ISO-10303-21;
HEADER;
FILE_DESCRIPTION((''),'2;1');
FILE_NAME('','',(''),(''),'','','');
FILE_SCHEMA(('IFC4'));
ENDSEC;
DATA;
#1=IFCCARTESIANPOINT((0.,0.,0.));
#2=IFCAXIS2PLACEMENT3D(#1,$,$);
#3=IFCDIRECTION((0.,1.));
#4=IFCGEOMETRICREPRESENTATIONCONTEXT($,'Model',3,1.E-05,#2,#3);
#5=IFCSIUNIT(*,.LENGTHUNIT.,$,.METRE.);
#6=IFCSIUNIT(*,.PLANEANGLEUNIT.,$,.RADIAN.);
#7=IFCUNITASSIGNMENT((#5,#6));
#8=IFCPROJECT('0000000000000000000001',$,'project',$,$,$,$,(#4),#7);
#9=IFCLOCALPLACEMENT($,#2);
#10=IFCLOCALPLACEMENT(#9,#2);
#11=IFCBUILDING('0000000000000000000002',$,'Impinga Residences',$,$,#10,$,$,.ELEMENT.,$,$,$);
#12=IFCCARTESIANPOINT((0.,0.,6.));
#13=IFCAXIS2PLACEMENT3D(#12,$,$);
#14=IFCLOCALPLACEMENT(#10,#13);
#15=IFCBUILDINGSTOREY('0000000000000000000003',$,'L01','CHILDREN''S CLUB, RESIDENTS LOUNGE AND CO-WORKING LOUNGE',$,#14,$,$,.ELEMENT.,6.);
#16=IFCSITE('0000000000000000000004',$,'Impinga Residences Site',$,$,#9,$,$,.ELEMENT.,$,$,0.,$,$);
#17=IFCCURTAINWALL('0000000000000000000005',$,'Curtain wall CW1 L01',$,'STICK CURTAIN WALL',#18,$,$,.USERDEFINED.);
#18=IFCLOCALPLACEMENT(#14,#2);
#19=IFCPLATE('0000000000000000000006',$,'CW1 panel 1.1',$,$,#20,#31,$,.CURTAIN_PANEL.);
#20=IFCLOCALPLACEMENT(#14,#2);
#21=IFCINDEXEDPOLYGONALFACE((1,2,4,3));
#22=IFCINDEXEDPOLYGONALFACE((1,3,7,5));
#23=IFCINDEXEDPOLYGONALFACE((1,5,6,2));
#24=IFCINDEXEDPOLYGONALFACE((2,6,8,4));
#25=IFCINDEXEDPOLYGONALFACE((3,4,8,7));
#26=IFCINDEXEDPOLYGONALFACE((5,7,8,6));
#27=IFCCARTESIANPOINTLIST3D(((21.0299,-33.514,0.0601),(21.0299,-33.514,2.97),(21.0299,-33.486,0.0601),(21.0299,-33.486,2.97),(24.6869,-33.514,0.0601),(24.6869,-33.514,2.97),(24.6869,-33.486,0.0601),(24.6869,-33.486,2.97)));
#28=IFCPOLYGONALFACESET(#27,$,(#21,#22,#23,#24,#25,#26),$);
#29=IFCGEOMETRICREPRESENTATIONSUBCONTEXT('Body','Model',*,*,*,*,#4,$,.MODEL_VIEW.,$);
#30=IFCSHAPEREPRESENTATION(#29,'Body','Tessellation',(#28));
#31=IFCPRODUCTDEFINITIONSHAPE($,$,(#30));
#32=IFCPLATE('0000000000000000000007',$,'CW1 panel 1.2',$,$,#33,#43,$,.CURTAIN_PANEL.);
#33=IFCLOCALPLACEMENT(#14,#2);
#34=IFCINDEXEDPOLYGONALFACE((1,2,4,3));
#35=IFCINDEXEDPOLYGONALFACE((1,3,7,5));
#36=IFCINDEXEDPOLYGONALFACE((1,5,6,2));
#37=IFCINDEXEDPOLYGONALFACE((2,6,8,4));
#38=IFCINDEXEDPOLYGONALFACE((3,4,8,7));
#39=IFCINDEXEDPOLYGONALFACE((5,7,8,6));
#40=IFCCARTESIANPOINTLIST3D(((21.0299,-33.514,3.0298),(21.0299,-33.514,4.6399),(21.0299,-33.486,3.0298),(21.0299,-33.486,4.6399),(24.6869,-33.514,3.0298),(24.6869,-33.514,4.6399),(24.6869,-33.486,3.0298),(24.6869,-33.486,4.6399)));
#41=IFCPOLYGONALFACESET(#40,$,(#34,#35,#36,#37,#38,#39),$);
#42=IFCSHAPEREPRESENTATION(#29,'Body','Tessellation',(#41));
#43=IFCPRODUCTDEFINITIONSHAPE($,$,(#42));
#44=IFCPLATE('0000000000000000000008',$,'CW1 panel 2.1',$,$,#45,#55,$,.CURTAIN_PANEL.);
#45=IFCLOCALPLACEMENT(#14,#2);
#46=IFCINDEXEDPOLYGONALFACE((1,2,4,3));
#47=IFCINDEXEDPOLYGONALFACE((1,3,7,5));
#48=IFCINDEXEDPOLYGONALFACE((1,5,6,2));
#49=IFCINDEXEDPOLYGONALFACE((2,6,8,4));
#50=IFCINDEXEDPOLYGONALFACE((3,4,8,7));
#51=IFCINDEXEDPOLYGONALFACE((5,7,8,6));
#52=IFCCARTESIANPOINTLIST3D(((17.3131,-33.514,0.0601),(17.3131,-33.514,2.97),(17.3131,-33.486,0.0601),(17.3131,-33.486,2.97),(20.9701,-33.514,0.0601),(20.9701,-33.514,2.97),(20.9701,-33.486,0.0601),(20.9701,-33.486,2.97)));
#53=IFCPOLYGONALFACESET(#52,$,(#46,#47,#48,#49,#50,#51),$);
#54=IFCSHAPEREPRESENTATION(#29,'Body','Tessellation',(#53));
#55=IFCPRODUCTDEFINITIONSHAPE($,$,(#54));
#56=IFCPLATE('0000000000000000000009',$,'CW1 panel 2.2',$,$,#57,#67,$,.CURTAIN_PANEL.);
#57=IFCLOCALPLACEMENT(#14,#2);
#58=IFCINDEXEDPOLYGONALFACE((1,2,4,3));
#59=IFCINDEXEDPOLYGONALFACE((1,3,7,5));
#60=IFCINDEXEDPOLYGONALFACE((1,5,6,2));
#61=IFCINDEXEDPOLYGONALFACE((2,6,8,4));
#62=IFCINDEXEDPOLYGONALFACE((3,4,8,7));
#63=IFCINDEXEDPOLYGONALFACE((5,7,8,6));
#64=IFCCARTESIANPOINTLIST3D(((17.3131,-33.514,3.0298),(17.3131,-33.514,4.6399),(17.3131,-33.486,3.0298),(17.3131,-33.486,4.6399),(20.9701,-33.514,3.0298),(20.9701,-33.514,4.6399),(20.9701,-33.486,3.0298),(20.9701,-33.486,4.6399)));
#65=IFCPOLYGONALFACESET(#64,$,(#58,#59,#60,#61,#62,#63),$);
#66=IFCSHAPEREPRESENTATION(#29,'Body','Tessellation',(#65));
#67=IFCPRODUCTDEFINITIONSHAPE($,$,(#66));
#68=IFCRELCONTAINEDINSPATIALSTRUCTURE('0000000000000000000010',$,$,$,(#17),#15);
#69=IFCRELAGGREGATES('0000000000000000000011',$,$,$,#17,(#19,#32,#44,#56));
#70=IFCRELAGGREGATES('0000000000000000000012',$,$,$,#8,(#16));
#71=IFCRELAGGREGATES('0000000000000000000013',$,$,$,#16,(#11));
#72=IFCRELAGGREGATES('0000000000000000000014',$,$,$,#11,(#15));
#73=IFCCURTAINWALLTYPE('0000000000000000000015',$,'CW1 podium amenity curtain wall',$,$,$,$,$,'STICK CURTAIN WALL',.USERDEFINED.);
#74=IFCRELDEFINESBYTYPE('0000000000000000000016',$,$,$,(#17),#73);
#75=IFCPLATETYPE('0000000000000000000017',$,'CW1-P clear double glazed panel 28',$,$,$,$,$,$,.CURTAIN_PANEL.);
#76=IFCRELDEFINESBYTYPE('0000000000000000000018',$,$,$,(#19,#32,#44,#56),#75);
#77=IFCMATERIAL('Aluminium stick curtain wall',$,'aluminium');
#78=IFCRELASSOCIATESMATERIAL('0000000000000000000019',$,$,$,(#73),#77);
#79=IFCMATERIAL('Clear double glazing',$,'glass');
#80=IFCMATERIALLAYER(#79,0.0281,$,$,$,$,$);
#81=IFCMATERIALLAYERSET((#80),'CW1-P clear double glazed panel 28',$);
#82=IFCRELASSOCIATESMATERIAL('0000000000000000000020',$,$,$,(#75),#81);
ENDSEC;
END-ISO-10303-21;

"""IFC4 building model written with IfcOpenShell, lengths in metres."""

from ifc_helpers import new_model, si_unit, direction, frame, origin, origin_2d, place, context, subcontext, project, spatial, rectangle, extrude, material, layer, layer_set, type_object, element, aggregate, save


model = new_model("IFC4")

# Units and contexts
model_context = context("Model", 3, precision=1e-05, world=origin(), true_north=direction((0.0, 1.0)))
body_context = subcontext(model_context, "Body", "Model", "MODEL_VIEW")
ifc_project = project(units=[si_unit("LENGTHUNIT", "METRE"), si_unit("PLANEANGLEUNIT", "RADIAN")], contexts=[model_context])

# Site, building, storey
site_placement = place(None, origin())
site = spatial("IfcSite", under=ifc_project, at=site_placement, Name="Impinga Residences Site", CompositionType="ELEMENT", RefElevation=0.0)
building_placement = place(site_placement, origin())
building = spatial("IfcBuilding", under=site, at=building_placement, Name="Impinga Residences", CompositionType="ELEMENT")
storey_placement = place(building_placement, frame((0.0, 0.0, 6.0)))
storey = spatial("IfcBuildingStorey", under=building, at=storey_placement, Name="L01", Description="CHILDREN'S CLUB, RESIDENTS LOUNGE AND CO-WORKING LOUNGE", CompositionType="ELEMENT", Elevation=6.0)

# Curtain wall
ifc_material_1 = material(Name="Aluminium stick curtain wall", Category="aluminium")
curtain_wall_type = type_object("IfcCurtainWallType", Name="CW1 podium amenity curtain wall", ElementType="STICK CURTAIN WALL", PredefinedType="USERDEFINED", material=ifc_material_1)
curtain_wall_1_placement = place(storey_placement, origin())
curtain_wall_1 = element("IfcCurtainWall", 1, at=curtain_wall_1_placement, inside=storey, type_object=curtain_wall_type, Name="Curtain wall CW1 L01", ObjectType="STICK CURTAIN WALL", PredefinedType="USERDEFINED")

# Plates
ifc_material_2 = material(Name="Clear double glazing", Category="glass")
ifc_layer = layer(ifc_material_2, 0.0281)
ifc_layer_set = layer_set([ifc_layer], Name="CW1-P clear double glazed panel 28")
plate_type = type_object("IfcPlateType", Name="CW1-P clear double glazed panel 28", PredefinedType="CURTAIN_PANEL", material=ifc_layer_set)
plate_1_placement = place(storey_placement, frame((22.8584, -33.5, 0.0601), z_axis=(0.0, 0.0, 1.0), x_axis=(-1.0, 0.0, 0.0)))
plate_1 = element("IfcPlate", 2, at=plate_1_placement, type_object=plate_type, Name="CW1 panel 1.1", PredefinedType="CURTAIN_PANEL", context=body_context, shape_type="SweptSolid", body=[
    extrude(rectangle(XDim=3.657, YDim=0.0281, at=origin_2d()), origin(), (0.0, 0.0, 1.0), 2.9099),
])
plate_2_placement = place(storey_placement, frame((22.8584, -33.5, 3.0298), z_axis=(0.0, 0.0, 1.0), x_axis=(-1.0, 0.0, 0.0)))
plate_2 = element("IfcPlate", 3, at=plate_2_placement, type_object=plate_type, Name="CW1 panel 1.2", PredefinedType="CURTAIN_PANEL", context=body_context, shape_type="SweptSolid", body=[
    extrude(rectangle(XDim=3.657, YDim=0.0281, at=origin_2d()), origin(), (0.0, 0.0, 1.0), 1.6101),
])
plate_3_placement = place(storey_placement, frame((19.1416, -33.5, 0.0601), z_axis=(0.0, 0.0, 1.0), x_axis=(-1.0, 0.0, 0.0)))
plate_3 = element("IfcPlate", 4, at=plate_3_placement, type_object=plate_type, Name="CW1 panel 2.1", PredefinedType="CURTAIN_PANEL", context=body_context, shape_type="SweptSolid", body=[
    extrude(rectangle(XDim=3.657, YDim=0.0281, at=origin_2d()), origin(), (0.0, 0.0, 1.0), 2.9099),
])
plate_4_placement = place(storey_placement, frame((19.1416, -33.5, 3.0298), z_axis=(0.0, 0.0, 1.0), x_axis=(-1.0, 0.0, 0.0)))
plate_4 = element("IfcPlate", 5, at=plate_4_placement, type_object=plate_type, Name="CW1 panel 2.2", PredefinedType="CURTAIN_PANEL", context=body_context, shape_type="SweptSolid", body=[
    extrude(rectangle(XDim=3.657, YDim=0.0281, at=origin_2d()), origin(), (0.0, 0.0, 1.0), 1.6101),
])
aggregate(curtain_wall_1, [plate_1, plate_2, plate_3, plate_4])

save(model, "model.ifc")
